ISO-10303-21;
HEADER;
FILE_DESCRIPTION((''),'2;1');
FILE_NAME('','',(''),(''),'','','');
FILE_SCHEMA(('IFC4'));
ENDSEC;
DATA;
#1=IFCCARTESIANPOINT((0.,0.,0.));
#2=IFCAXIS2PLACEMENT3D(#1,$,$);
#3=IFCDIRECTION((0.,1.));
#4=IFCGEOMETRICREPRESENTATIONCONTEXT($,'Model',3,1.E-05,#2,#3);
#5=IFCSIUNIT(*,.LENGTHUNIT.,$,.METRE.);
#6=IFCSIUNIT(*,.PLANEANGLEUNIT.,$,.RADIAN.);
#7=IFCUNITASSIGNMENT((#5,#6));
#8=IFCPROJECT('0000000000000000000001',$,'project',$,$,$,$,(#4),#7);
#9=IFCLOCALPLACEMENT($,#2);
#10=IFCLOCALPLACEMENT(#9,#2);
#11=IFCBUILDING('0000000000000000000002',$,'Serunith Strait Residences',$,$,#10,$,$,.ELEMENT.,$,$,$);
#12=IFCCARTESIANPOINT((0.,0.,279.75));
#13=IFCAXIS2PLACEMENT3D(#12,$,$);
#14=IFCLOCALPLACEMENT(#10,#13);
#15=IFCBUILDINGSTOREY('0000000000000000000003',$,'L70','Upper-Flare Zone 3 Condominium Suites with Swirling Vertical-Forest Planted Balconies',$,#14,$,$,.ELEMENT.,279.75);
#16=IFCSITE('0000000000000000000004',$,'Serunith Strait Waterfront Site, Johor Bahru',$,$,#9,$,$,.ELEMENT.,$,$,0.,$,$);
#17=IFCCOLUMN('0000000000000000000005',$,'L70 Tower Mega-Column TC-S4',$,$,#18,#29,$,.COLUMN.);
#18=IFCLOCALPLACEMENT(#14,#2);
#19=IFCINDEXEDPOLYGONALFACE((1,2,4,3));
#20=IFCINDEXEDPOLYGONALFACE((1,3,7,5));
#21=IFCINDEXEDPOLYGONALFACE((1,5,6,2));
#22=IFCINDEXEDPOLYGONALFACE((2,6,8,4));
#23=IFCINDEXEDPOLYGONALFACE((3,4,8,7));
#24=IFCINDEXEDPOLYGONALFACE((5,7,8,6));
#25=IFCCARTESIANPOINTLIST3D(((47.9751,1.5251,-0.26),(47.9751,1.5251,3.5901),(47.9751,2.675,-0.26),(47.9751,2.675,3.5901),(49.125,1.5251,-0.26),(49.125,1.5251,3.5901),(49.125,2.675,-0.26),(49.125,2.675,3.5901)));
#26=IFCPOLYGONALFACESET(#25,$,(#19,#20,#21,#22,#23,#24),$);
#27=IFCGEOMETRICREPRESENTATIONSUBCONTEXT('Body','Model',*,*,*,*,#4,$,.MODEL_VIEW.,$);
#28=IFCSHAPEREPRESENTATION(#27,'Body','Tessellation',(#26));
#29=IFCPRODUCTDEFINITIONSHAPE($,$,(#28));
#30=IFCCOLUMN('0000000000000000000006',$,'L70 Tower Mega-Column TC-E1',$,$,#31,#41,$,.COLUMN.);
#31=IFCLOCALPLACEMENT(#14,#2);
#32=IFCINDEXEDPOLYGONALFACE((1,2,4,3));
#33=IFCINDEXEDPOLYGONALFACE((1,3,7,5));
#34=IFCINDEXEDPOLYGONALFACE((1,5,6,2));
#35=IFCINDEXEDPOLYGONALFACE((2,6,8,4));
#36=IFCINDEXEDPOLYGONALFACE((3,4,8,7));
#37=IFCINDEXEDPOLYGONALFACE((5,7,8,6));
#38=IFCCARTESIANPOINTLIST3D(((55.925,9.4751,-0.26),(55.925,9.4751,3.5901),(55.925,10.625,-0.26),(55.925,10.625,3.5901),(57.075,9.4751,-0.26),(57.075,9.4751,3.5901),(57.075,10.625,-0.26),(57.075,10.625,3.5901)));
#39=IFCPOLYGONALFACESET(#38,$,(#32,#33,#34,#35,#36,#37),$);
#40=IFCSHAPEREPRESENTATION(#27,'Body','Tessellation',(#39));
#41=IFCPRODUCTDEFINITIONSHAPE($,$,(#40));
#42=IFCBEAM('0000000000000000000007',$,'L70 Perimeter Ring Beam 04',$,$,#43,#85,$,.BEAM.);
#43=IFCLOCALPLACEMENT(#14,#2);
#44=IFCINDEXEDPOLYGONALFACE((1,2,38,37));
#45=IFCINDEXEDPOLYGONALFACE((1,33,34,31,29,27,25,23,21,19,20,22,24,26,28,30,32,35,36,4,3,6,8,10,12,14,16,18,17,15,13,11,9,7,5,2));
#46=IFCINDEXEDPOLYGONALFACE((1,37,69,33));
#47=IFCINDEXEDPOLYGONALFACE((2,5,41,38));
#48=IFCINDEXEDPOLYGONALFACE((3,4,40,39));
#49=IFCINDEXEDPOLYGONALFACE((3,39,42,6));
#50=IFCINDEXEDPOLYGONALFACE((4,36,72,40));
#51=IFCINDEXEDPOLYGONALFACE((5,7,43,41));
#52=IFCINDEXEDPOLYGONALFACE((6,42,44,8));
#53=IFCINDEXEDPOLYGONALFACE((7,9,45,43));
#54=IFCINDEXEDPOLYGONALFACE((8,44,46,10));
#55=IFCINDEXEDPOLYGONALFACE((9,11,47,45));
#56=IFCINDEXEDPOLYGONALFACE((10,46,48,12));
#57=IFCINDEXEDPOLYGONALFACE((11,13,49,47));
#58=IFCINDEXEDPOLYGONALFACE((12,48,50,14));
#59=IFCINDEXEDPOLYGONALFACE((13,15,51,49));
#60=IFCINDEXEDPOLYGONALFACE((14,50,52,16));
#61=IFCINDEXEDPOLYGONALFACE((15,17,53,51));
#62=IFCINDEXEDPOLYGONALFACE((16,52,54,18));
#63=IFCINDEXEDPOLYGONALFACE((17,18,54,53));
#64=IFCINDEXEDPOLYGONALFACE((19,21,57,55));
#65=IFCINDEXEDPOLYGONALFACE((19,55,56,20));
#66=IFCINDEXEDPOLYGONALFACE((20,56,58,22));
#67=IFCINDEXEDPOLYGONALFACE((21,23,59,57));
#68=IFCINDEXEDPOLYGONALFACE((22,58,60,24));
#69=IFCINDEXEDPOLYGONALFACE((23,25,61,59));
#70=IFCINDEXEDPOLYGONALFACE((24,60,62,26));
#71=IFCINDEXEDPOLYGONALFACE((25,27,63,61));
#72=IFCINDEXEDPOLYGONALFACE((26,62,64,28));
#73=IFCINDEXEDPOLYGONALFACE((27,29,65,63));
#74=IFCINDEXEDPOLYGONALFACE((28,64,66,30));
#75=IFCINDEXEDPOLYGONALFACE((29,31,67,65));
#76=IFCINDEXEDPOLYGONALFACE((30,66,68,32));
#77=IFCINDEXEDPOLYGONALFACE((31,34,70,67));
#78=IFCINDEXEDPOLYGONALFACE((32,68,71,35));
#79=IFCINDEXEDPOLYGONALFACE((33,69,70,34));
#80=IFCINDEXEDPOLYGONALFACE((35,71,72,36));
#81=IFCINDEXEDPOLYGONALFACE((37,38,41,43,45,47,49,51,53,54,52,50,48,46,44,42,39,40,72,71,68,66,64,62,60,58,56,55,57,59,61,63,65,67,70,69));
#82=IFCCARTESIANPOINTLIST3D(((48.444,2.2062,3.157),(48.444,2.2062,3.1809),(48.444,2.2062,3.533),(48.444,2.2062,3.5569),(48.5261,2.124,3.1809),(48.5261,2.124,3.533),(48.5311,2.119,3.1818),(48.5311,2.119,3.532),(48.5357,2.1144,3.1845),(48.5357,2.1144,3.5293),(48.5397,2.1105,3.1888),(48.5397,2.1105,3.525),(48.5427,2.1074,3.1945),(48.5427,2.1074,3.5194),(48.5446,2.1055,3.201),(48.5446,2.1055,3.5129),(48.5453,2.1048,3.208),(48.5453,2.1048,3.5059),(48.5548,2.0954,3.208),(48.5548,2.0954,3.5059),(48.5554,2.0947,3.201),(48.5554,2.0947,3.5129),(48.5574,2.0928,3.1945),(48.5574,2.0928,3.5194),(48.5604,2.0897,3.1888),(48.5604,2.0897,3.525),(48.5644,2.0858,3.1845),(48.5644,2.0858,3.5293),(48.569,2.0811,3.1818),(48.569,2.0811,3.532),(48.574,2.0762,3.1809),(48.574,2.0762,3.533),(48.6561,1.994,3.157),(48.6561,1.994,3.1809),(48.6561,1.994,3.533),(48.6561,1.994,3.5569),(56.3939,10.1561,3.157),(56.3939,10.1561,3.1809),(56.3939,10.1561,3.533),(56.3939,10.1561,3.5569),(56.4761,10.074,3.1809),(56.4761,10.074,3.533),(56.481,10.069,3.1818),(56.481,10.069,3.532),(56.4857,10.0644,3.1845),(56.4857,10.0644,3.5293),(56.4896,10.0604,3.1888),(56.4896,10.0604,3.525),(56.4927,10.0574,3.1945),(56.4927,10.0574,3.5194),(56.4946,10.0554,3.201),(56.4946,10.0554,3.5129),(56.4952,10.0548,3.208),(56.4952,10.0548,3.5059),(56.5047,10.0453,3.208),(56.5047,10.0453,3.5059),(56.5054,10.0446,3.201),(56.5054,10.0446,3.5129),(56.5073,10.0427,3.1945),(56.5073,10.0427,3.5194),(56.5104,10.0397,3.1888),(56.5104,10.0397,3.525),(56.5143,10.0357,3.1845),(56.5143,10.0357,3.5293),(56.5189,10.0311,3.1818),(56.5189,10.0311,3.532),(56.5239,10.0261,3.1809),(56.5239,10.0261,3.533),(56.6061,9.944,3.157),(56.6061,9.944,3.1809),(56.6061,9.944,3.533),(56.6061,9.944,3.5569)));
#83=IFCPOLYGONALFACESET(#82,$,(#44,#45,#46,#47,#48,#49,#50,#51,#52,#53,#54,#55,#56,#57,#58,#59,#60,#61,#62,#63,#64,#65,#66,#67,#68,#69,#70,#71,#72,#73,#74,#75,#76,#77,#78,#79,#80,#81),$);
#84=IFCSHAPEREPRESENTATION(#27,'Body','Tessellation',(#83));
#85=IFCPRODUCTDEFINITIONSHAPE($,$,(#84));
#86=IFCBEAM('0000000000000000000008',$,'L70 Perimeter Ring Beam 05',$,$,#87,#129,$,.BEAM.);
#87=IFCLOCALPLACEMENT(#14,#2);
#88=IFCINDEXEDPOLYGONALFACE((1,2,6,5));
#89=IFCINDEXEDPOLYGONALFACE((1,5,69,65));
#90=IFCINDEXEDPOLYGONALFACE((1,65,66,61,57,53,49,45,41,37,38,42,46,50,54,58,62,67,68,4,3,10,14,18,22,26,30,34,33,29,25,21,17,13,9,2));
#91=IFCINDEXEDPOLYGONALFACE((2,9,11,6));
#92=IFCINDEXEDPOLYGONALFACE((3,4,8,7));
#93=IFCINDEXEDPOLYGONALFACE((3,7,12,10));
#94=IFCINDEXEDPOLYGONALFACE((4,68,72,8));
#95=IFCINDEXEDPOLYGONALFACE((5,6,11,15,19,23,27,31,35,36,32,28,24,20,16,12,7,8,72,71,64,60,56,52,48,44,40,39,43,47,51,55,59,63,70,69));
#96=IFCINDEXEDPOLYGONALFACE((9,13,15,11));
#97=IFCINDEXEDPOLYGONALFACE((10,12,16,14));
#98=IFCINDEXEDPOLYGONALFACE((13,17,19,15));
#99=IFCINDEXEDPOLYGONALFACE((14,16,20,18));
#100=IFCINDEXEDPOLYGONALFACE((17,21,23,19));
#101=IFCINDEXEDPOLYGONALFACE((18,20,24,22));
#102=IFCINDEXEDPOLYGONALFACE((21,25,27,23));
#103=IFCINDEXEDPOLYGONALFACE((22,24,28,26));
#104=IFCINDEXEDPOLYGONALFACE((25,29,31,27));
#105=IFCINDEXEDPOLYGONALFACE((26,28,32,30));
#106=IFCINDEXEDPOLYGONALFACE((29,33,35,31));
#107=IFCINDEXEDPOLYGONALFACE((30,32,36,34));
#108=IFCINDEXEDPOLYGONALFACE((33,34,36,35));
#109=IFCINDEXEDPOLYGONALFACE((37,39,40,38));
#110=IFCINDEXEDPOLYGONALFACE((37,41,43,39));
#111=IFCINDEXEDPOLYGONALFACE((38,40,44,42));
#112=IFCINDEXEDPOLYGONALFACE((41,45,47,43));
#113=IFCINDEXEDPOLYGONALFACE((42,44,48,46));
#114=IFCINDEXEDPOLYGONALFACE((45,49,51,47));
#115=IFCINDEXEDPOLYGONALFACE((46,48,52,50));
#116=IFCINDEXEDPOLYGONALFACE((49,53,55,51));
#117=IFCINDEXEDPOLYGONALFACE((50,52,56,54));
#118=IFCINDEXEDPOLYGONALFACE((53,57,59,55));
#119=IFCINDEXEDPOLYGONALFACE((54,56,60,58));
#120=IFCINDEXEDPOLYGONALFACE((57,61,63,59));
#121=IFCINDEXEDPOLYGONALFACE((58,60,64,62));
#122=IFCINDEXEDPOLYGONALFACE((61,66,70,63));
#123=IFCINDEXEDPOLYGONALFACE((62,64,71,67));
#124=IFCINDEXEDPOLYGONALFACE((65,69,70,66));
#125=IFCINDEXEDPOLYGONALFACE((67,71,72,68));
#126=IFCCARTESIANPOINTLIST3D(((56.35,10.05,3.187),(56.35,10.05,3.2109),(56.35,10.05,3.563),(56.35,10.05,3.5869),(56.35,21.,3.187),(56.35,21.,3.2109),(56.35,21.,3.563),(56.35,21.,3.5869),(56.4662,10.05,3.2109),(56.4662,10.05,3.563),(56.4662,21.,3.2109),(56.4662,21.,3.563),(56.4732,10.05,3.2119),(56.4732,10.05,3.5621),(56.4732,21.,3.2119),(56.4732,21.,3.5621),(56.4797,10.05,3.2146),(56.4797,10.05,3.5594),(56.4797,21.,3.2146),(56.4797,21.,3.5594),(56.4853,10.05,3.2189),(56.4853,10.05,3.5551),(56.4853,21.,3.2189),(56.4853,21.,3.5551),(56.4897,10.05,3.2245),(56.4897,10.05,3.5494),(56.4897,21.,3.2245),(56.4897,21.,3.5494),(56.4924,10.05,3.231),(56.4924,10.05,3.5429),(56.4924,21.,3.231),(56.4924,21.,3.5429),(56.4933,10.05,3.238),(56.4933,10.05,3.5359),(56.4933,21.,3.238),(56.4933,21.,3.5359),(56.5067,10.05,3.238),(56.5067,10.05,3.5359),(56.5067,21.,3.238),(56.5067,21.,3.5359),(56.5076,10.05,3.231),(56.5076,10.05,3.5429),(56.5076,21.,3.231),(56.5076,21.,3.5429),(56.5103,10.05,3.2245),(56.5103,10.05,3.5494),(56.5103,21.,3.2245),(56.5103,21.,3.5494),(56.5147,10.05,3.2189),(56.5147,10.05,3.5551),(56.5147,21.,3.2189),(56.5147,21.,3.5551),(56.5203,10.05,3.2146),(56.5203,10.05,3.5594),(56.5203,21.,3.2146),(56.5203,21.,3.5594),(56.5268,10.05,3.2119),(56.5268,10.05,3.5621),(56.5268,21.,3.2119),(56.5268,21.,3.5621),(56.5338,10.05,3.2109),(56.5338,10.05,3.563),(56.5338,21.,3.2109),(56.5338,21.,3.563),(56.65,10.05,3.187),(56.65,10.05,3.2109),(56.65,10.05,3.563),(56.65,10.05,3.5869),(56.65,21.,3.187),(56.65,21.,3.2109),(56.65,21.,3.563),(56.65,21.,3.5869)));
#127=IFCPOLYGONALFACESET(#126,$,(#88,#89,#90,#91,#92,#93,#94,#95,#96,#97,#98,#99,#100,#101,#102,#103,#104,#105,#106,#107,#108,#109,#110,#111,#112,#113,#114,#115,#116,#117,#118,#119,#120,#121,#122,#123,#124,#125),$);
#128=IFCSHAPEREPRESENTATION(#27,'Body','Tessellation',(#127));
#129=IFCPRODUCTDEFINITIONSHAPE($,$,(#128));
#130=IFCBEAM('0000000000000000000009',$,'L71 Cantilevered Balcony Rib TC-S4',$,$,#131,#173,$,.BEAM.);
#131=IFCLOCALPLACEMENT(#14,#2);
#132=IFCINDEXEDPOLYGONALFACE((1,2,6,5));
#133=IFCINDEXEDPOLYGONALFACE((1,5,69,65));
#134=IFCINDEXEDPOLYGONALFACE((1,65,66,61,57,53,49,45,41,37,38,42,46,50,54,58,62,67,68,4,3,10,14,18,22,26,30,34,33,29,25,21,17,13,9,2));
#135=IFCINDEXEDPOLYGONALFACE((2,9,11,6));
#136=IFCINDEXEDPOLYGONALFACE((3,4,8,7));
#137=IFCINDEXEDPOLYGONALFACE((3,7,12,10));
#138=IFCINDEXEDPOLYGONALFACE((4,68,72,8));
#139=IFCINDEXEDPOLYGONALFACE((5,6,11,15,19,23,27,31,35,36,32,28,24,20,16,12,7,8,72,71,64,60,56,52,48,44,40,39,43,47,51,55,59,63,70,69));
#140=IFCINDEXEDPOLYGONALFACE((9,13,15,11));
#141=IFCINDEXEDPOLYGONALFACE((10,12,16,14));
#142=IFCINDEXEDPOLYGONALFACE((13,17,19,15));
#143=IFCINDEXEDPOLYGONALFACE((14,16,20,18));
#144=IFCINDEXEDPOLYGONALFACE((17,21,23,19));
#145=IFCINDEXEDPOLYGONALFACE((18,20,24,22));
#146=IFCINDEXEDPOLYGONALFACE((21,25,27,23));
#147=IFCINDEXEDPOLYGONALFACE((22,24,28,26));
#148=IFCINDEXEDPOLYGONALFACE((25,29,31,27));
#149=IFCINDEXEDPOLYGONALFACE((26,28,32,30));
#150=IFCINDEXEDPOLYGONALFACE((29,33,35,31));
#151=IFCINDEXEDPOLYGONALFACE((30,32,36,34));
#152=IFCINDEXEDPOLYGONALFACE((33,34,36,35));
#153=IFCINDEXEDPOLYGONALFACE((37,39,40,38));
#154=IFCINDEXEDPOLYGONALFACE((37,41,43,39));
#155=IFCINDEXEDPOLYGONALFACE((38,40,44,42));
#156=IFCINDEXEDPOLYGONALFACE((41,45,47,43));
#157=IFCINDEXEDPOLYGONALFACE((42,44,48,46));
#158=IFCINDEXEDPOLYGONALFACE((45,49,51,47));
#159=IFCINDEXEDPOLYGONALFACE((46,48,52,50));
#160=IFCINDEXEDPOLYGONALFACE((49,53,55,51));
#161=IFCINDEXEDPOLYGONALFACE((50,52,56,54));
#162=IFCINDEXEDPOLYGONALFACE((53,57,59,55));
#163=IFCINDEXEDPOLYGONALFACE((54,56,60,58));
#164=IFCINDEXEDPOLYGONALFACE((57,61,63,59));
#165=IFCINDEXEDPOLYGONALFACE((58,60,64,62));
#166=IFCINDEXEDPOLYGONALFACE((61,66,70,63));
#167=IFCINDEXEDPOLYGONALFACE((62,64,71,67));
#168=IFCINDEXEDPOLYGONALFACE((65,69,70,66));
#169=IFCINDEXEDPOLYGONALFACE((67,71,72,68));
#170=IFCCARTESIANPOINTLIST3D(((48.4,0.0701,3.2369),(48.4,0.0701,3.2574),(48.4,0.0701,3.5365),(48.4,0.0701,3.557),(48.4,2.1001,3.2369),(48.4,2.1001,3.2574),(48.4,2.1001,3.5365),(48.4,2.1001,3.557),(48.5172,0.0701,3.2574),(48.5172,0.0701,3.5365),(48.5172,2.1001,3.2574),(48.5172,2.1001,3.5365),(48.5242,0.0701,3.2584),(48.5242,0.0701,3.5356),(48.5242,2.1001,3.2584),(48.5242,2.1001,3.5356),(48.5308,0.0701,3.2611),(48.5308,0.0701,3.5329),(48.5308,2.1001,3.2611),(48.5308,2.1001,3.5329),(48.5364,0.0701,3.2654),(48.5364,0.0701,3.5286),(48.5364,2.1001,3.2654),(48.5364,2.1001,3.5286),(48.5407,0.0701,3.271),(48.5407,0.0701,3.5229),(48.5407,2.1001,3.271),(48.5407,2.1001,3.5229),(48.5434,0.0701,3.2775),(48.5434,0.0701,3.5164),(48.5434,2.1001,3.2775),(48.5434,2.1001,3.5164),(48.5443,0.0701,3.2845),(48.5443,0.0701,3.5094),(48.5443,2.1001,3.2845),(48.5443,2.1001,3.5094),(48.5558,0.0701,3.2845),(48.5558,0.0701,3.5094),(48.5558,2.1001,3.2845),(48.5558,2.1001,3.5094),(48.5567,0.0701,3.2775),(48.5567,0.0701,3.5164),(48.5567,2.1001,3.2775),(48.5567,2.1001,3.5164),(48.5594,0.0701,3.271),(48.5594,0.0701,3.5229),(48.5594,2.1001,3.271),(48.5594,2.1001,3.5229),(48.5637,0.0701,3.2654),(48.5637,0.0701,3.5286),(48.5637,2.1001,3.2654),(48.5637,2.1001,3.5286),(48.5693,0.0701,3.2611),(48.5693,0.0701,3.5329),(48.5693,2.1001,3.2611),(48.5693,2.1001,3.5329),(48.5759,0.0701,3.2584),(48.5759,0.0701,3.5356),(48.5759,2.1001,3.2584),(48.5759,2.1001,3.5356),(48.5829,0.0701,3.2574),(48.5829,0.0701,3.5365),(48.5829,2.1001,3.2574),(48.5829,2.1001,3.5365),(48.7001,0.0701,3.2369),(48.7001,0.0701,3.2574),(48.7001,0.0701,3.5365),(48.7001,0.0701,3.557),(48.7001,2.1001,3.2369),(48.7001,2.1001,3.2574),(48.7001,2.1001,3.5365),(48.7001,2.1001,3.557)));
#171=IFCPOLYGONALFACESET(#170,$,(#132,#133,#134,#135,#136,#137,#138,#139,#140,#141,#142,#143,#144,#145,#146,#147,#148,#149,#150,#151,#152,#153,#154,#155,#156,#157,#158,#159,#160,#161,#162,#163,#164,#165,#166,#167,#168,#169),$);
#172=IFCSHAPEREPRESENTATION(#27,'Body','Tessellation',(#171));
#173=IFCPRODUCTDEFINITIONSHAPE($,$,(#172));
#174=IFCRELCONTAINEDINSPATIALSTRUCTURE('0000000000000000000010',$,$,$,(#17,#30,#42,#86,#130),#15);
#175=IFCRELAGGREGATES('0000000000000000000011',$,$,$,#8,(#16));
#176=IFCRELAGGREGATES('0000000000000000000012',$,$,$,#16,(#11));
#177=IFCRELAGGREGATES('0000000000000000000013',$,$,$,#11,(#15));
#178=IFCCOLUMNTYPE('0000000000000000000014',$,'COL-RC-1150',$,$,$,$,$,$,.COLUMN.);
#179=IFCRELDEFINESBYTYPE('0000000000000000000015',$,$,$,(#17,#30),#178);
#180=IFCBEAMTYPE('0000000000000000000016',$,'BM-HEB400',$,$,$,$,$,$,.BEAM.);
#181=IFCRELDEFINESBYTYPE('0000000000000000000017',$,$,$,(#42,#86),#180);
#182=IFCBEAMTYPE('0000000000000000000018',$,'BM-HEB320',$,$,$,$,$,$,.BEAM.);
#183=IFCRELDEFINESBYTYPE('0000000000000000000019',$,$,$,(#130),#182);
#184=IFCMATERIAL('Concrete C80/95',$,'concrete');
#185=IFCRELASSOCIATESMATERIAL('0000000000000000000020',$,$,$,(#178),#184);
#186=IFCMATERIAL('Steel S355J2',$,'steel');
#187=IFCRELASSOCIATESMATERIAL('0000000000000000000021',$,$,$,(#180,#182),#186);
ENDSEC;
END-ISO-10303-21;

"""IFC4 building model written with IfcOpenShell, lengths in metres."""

from ifc_helpers import new_model, si_unit, direction, frame, origin, origin_2d, place, context, subcontext, project, spatial, rectangle, i_section, extrude, source, transform, mapped, material, material_profile, profile_set, type_object, element, save


model = new_model("IFC4")

# Units and contexts
model_context = context("Model", 3, precision=1e-05, world=origin(), true_north=direction((0.0, 1.0)))
body_context = subcontext(model_context, "Body", "Model", "MODEL_VIEW")
ifc_project = project(units=[si_unit("LENGTHUNIT", "METRE"), si_unit("PLANEANGLEUNIT", "RADIAN")], contexts=[model_context])

# Site, building, storey
site_placement = place(None, origin())
site = spatial("IfcSite", under=ifc_project, at=site_placement, Name="Serunith Strait Waterfront Site, Johor Bahru", CompositionType="ELEMENT", RefElevation=0.0)
building_placement = place(site_placement, origin())
building = spatial("IfcBuilding", under=site, at=building_placement, Name="Serunith Strait Residences", CompositionType="ELEMENT")
storey_placement = place(building_placement, frame((0.0, 0.0, 279.75)))
storey = spatial("IfcBuildingStorey", under=building, at=storey_placement, Name="L70", Description="Upper-Flare Zone 3 Condominium Suites with Swirling Vertical-Forest Planted Balconies", CompositionType="ELEMENT", Elevation=279.75)

# Columns
ifc_material_1 = material(Name="Concrete C80/95", Category="concrete")
ifc_material_profile_1 = material_profile(ifc_material_1, rectangle(XDim=1.1499, YDim=1.1499, at=origin_2d()), Name="RC 1150x1150")
ifc_profile_set_1 = profile_set([ifc_material_profile_1], Name="Concrete C80/95")
column_type = type_object("IfcColumnType", Name="COL-RC-1150", PredefinedType="COLUMN", material=ifc_profile_set_1)
shared_shape_1 = source(origin(), body_context, "Body", "SweptSolid", [
    extrude(rectangle(XDim=1.1499, YDim=1.1499, at=origin_2d()), origin(), (0.0, 0.0, 1.0), 3.8501),
])
for number, where, z_axis, x_axis, name in (
    (1, (48.55, 2.1001, -0.26), (0.0, 0.0, 1.0), (1.0, 0.0, 0.0), "L70 Tower Mega-Column TC-S4"),
    (2, (56.5, 10.05, -0.26), (0.0, 0.0, 1.0), (1.0, 0.0, 0.0), "L70 Tower Mega-Column TC-E1"),
):
    element("IfcColumn", number, at=place(storey_placement, frame(where, z_axis=z_axis, x_axis=x_axis)), inside=storey, type_object=column_type, Name=name, PredefinedType="COLUMN", context=body_context, shape_type="MappedRepresentation", body=[
        mapped(shared_shape_1, transform((0.0, 0.0, 0.0), scale=1.0)),
    ])

# Beams
ifc_material_2 = material(Name="Steel S355J2", Category="steel")
ifc_material_profile_2 = material_profile(ifc_material_2, i_section(OverallWidth=0.3, OverallDepth=0.3999, WebThickness=0.0134, FlangeThickness=0.0239, FilletRadius=0.0271, at=origin_2d()), Name="HEB 400")
ifc_profile_set_2 = profile_set([ifc_material_profile_2], Name="Steel S355J2")
beam_type_1 = type_object("IfcBeamType", Name="BM-HEB400", PredefinedType="BEAM", material=ifc_profile_set_2)
shared_shape_2 = source(origin(), body_context, "Body", "SweptSolid", [
    extrude(i_section(OverallWidth=0.3, OverallDepth=0.3999, WebThickness=0.0134, FlangeThickness=0.0239, FilletRadius=0.0271, at=origin_2d()), origin(), (0.0, 0.0, 1.0), 11.2429),
])
beam_1_placement = place(storey_placement, frame((48.55, 2.1001, 3.3569), z_axis=(0.707107, 0.707107, 0.0), x_axis=(-0.707107, 0.707107, 0.0)))
element("IfcBeam", 3, at=beam_1_placement, inside=storey, type_object=beam_type_1, Name="L70 Perimeter Ring Beam 04", PredefinedType="BEAM", context=body_context, shape_type="MappedRepresentation", body=[
    mapped(shared_shape_2, transform((0.0, 0.0, 0.0), scale=1.0)),
])
shared_shape_3 = source(origin(), body_context, "Body", "SweptSolid", [
    extrude(i_section(OverallWidth=0.3, OverallDepth=0.3999, WebThickness=0.0134, FlangeThickness=0.0239, FilletRadius=0.0271, at=origin_2d()), origin(), (0.0, 0.0, 1.0), 10.95),
])
beam_2_placement = place(storey_placement, frame((56.5, 10.05, 3.387), z_axis=(0.0, 1.0, 0.0), x_axis=(-1.0, 0.0, 0.0)))
element("IfcBeam", 4, at=beam_2_placement, inside=storey, type_object=beam_type_1, Name="L70 Perimeter Ring Beam 05", PredefinedType="BEAM", context=body_context, shape_type="MappedRepresentation", body=[
    mapped(shared_shape_3, transform((0.0, 0.0, 0.0), scale=1.0)),
])
ifc_material_profile_3 = material_profile(ifc_material_2, i_section(OverallWidth=0.3, OverallDepth=0.3201, WebThickness=0.0115, FlangeThickness=0.0205, FilletRadius=0.0271, at=origin_2d()), Name="HEB 320")
ifc_profile_set_3 = profile_set([ifc_material_profile_3], Name="Steel S355J2")
beam_type_2 = type_object("IfcBeamType", Name="BM-HEB320", PredefinedType="BEAM", material=ifc_profile_set_3)
shared_shape_4 = source(origin(), body_context, "Body", "SweptSolid", [
    extrude(i_section(OverallWidth=0.3, OverallDepth=0.3201, WebThickness=0.0115, FlangeThickness=0.0205, FilletRadius=0.0271, at=origin_2d()), origin(), (0.0, 0.0, 1.0), 2.03),
])
for number, where, z_axis, x_axis, name in (
    (5, (48.55, 2.1001, 3.397), (0.0, -1.0, 0.0), (1.0, 0.0, 0.0), "L71 Cantilevered Balcony Rib TC-S4"),
):
    element("IfcBeam", number, at=place(storey_placement, frame(where, z_axis=z_axis, x_axis=x_axis)), inside=storey, type_object=beam_type_2, Name=name, PredefinedType="BEAM", context=body_context, shape_type="MappedRepresentation", body=[
        mapped(shared_shape_4, transform((0.0, 0.0, 0.0), scale=1.0)),
    ])

save(model, "model.ifc")
